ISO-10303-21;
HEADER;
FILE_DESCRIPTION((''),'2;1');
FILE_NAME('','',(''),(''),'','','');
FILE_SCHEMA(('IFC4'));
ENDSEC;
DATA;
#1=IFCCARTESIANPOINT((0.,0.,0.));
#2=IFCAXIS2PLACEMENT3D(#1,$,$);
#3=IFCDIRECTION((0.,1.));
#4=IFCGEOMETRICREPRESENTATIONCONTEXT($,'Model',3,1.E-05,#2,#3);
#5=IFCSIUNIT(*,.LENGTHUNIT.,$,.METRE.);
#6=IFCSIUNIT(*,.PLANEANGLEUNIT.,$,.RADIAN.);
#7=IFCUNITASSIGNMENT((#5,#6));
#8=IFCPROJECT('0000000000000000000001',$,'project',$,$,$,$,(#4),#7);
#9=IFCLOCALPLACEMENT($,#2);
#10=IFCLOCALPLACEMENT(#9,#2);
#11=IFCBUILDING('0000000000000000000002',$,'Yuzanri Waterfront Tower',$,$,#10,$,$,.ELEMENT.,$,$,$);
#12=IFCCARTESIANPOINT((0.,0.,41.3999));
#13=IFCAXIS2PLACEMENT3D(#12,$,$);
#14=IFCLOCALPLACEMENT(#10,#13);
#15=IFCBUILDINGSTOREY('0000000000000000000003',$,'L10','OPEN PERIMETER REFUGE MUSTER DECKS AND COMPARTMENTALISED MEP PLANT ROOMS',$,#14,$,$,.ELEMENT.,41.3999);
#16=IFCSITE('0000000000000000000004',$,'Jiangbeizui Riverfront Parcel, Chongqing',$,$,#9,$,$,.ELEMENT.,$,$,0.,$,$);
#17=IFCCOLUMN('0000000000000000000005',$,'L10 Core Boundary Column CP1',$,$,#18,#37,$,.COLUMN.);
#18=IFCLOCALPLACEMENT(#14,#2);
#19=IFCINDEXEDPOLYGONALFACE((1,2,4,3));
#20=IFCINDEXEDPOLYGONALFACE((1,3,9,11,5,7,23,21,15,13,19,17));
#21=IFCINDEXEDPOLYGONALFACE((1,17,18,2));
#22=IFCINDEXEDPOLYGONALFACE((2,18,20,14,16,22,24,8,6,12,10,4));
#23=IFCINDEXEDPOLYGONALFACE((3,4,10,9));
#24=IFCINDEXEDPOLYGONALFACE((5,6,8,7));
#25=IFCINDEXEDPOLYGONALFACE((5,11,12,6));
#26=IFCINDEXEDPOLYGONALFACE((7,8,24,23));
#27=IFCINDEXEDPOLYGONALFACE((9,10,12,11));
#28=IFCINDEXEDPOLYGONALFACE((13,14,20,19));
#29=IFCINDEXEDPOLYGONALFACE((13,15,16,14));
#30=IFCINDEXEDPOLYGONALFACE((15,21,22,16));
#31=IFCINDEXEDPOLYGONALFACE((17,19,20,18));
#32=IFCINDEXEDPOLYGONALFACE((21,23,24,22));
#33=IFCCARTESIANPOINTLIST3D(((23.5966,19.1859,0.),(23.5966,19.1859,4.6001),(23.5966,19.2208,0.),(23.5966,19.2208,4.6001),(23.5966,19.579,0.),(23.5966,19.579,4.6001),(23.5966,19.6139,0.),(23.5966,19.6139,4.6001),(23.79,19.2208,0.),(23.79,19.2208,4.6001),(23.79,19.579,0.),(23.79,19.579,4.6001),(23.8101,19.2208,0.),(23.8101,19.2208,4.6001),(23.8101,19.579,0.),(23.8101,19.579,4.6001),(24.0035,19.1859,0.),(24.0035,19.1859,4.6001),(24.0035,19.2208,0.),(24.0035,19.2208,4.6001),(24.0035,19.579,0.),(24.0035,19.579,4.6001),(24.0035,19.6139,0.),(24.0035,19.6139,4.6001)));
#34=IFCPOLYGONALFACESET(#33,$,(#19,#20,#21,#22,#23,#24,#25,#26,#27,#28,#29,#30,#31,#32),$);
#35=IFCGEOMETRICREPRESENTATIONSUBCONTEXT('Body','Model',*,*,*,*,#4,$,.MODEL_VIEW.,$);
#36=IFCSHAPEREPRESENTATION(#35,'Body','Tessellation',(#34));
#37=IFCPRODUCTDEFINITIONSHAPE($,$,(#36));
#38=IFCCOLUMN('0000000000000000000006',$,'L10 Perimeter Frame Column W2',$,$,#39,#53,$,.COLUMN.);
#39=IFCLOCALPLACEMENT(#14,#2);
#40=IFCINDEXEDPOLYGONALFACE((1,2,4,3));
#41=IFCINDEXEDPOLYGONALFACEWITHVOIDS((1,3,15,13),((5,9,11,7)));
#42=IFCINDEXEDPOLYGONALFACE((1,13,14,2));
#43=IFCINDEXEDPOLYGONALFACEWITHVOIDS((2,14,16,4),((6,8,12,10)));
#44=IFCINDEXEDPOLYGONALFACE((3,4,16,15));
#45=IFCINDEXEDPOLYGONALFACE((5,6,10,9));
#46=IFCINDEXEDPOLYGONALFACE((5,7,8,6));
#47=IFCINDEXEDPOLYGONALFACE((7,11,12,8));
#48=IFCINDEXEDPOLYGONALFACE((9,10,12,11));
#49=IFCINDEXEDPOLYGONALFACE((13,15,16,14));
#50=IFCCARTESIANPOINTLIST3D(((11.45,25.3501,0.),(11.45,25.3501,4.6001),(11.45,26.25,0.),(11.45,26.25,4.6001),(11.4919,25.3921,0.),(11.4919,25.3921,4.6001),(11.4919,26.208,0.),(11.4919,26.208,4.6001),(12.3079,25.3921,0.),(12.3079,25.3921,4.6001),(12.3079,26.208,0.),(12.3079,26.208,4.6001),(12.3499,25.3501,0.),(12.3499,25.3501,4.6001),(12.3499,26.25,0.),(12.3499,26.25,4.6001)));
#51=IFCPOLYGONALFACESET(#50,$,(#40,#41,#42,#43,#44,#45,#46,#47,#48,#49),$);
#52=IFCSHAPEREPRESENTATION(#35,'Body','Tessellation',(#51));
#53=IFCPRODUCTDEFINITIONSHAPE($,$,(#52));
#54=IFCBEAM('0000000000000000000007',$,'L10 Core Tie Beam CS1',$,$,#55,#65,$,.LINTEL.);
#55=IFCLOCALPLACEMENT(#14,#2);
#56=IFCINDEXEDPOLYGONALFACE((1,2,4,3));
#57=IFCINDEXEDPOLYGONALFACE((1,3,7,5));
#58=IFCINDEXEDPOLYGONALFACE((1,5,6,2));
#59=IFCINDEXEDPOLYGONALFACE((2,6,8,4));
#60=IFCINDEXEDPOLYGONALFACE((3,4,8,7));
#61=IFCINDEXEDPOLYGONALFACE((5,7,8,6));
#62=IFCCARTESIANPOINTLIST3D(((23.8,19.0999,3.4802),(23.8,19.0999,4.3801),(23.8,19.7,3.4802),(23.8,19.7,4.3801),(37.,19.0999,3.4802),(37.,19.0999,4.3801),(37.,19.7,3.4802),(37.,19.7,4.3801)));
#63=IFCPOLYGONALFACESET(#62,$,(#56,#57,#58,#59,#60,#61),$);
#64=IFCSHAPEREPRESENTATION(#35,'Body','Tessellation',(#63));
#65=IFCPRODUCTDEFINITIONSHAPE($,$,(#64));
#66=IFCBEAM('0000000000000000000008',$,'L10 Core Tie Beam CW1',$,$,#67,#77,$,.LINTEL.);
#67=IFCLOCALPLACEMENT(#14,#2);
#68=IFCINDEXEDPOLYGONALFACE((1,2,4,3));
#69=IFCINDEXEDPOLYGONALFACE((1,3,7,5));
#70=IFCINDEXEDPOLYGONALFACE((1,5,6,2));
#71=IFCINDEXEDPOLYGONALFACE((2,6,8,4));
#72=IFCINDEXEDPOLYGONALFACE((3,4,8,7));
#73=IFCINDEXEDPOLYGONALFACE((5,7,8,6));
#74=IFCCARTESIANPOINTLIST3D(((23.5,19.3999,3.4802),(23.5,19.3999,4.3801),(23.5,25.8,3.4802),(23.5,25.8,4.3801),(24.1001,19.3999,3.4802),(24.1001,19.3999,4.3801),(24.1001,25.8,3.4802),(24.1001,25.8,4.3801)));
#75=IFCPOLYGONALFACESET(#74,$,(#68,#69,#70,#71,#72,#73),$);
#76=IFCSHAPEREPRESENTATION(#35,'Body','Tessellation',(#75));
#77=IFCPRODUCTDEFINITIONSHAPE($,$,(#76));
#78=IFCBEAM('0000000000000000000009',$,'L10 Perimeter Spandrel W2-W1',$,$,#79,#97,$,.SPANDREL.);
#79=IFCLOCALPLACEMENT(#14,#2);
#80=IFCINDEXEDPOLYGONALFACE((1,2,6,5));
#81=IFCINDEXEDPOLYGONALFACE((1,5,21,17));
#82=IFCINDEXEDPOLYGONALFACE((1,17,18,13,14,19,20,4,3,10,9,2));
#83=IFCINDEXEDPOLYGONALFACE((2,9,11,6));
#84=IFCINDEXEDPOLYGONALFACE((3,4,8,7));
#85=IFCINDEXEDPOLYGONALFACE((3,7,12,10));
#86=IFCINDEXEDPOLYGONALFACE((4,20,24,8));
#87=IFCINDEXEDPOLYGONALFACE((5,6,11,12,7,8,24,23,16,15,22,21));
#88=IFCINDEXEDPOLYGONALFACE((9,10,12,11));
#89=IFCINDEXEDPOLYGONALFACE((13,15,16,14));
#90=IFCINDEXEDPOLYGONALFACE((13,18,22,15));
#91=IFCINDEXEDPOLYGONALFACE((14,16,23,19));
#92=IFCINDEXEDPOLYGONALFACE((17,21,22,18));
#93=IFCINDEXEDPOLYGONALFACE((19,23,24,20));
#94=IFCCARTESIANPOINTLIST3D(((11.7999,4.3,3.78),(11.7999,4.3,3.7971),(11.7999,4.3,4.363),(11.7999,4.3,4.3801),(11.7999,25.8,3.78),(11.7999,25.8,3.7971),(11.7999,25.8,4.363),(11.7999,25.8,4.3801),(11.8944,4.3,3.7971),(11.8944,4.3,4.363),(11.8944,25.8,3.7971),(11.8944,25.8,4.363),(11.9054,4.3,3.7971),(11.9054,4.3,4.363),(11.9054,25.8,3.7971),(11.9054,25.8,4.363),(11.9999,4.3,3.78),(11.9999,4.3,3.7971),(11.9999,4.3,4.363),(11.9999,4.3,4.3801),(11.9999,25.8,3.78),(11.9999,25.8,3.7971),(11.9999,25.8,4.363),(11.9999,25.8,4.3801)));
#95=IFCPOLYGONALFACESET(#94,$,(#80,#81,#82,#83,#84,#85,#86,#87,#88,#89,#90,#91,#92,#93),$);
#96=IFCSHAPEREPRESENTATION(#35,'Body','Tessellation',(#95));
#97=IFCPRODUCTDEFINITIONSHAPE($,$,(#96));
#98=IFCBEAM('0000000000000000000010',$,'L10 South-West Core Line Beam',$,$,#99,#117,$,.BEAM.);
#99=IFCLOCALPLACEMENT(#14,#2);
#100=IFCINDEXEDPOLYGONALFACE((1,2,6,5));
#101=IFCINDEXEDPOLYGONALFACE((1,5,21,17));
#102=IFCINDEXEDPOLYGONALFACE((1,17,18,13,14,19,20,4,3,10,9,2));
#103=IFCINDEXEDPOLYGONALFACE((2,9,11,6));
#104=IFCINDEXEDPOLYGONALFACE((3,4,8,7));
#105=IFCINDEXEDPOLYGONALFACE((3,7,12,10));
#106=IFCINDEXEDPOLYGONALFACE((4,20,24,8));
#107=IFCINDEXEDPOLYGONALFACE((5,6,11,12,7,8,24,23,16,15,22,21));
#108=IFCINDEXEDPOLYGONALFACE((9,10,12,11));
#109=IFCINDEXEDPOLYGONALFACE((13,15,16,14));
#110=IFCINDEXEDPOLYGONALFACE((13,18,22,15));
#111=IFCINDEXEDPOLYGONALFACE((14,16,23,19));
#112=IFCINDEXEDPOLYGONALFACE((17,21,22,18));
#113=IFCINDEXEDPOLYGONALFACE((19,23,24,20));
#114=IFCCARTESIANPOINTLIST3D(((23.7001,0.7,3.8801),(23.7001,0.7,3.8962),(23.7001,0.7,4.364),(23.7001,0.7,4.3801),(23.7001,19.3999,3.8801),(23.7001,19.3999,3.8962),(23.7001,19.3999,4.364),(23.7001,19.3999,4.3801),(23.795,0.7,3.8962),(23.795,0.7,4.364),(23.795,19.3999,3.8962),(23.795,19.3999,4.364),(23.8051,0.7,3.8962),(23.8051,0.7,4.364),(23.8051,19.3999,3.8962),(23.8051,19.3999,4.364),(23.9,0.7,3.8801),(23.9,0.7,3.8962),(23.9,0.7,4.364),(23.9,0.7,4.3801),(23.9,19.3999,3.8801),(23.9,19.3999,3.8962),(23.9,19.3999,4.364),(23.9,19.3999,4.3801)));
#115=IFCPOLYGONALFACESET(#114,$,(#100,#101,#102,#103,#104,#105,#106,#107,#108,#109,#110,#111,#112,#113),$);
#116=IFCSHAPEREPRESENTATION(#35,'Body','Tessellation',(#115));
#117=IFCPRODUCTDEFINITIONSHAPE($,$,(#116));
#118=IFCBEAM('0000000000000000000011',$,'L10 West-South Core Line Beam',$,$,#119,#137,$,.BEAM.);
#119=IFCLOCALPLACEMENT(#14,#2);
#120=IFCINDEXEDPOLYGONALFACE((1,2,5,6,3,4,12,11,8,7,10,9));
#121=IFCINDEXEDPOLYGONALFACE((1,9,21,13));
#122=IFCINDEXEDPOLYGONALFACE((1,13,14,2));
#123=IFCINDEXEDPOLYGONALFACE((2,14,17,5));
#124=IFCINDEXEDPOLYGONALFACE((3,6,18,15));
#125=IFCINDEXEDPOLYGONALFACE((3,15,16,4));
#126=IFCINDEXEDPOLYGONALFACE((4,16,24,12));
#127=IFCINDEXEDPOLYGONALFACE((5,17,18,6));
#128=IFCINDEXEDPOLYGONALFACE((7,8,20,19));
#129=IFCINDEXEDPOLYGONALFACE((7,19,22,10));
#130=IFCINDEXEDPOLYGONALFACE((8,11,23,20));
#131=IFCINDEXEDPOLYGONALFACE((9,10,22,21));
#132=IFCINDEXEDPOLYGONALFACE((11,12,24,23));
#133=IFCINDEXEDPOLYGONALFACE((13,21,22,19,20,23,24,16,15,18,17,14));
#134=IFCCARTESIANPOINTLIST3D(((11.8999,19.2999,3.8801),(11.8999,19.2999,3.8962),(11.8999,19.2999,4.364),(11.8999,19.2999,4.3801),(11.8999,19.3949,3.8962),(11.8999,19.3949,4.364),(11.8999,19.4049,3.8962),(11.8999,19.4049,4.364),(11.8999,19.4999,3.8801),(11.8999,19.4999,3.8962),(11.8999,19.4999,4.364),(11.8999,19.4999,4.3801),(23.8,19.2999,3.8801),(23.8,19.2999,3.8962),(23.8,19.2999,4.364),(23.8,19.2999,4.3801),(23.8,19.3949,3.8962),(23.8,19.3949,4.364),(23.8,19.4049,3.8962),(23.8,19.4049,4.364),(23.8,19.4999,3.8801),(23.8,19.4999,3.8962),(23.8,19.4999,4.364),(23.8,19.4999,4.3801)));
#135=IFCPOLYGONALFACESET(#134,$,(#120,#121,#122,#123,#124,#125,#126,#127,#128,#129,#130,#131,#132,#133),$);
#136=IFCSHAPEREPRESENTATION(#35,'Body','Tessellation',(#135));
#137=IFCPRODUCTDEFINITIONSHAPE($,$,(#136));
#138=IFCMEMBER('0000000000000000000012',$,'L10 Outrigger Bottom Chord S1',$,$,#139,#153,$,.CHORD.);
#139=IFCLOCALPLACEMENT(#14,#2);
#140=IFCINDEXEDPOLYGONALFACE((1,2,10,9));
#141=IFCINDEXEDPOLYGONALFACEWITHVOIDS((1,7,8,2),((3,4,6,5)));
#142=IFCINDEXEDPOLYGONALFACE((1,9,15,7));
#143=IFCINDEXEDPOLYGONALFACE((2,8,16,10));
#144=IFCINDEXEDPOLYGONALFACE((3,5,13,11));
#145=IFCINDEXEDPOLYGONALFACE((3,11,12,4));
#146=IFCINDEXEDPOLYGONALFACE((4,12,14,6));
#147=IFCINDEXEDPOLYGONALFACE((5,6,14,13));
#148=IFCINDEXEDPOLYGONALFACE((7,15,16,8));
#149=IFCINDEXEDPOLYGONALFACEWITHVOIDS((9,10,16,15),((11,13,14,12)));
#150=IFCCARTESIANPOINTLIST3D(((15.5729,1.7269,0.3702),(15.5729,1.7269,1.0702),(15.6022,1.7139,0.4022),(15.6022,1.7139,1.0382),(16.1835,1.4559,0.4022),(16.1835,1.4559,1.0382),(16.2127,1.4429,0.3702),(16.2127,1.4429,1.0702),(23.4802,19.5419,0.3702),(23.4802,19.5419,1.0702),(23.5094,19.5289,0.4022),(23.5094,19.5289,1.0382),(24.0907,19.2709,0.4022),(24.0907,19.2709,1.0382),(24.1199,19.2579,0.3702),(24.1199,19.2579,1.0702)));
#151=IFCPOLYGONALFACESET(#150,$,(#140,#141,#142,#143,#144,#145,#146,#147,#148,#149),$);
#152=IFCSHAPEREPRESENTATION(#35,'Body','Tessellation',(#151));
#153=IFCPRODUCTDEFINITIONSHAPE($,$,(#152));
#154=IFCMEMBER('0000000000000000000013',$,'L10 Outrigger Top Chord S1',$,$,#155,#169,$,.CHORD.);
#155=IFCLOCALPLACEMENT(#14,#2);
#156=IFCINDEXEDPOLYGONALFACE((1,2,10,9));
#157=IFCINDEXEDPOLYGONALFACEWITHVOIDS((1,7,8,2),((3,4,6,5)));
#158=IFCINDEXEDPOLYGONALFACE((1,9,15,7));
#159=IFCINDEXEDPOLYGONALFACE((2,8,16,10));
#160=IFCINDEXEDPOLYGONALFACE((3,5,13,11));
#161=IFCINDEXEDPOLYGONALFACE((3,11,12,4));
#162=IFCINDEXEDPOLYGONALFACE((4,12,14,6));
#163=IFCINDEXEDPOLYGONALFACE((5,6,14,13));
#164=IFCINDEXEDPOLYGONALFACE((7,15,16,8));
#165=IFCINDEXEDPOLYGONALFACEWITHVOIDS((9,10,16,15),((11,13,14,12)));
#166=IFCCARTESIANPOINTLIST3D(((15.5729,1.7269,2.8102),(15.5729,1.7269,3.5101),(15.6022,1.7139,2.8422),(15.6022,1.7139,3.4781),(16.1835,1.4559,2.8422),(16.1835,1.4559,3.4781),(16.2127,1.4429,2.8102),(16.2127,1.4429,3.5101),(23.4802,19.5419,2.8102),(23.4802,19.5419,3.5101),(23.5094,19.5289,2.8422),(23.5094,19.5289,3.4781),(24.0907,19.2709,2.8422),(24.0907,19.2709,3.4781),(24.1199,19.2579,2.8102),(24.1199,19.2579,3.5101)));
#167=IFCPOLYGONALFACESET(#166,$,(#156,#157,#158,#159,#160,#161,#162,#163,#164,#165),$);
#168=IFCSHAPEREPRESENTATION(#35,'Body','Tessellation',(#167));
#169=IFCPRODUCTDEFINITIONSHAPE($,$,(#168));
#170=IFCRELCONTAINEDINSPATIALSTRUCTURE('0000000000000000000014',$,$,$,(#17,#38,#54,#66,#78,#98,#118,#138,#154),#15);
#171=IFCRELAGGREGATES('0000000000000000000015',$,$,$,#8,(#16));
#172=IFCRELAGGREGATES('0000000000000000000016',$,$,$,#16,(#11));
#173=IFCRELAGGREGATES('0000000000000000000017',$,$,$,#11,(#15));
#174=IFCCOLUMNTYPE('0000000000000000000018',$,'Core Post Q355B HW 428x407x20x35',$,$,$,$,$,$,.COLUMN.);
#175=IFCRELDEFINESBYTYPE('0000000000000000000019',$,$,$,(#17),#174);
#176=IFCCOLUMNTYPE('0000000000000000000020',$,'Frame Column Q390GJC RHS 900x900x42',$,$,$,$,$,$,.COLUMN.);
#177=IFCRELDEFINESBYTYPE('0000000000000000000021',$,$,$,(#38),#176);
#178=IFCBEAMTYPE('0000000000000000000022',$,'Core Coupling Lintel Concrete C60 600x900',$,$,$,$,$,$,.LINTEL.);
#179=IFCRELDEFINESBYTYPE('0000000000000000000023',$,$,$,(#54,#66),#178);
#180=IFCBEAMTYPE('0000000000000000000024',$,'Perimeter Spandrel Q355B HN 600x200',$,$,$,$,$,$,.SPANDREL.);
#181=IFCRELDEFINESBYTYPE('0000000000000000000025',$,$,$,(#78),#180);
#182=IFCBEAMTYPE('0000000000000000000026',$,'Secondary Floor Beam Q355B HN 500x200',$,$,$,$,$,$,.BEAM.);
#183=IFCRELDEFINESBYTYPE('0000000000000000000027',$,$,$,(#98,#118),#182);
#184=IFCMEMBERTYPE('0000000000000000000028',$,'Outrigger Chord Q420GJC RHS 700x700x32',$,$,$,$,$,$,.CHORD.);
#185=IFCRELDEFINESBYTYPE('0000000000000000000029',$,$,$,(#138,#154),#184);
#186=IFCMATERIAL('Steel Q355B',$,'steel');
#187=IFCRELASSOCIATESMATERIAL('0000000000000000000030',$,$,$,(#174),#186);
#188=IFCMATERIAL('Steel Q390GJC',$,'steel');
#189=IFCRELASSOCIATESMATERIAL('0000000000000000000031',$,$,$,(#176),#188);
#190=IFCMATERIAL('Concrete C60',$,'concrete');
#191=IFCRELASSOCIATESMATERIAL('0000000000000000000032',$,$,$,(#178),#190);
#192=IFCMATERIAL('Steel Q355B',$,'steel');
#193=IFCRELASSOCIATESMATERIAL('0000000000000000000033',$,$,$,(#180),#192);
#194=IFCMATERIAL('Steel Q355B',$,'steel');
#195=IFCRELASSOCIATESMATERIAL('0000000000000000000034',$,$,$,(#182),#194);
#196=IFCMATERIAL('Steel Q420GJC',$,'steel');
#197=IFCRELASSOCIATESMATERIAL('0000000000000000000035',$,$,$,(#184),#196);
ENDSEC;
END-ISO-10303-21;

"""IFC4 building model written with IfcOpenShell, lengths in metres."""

from ifc_helpers import new_model, si_unit, direction, frame, origin, origin_2d, place, context, subcontext, project, spatial, rectangle, hollow_rectangle, i_section, extrude, source, transform, mapped, material, material_profile, profile_set, type_object, element, save


model = new_model("IFC4")

# Units and contexts
model_context = context("Model", 3, precision=1e-05, world=origin(), true_north=direction((0.0, 1.0)))
body_context = subcontext(model_context, "Body", "Model", "MODEL_VIEW")
ifc_project = project(units=[si_unit("LENGTHUNIT", "METRE"), si_unit("PLANEANGLEUNIT", "RADIAN")], contexts=[model_context])

# Site, building, storey
site_placement = place(None, origin())
site = spatial("IfcSite", under=ifc_project, at=site_placement, Name="Jiangbeizui Riverfront Parcel, Chongqing", CompositionType="ELEMENT", RefElevation=0.0)
building_placement = place(site_placement, origin())
building = spatial("IfcBuilding", under=site, at=building_placement, Name="Yuzanri Waterfront Tower", CompositionType="ELEMENT")
storey_placement = place(building_placement, frame((0.0, 0.0, 41.3999)))
storey = spatial("IfcBuildingStorey", under=building, at=storey_placement, Name="L10", Description="OPEN PERIMETER REFUGE MUSTER DECKS AND COMPARTMENTALISED MEP PLANT ROOMS", CompositionType="ELEMENT", Elevation=41.3999)

# Columns
ifc_material_1 = material(Name="Steel Q355B", Category="steel")
ifc_material_profile_1 = material_profile(ifc_material_1, i_section(OverallWidth=0.407, OverallDepth=0.428, WebThickness=0.02, FlangeThickness=0.0349, at=origin_2d()), Name="HW 428x407x20x35")
ifc_profile_set_1 = profile_set([ifc_material_profile_1], Name="Steel Q355B")
column_type_1 = type_object("IfcColumnType", Name="Core Post Q355B HW 428x407x20x35", PredefinedType="COLUMN", material=ifc_profile_set_1)
shared_shape_1 = source(origin(), body_context, "Body", "SweptSolid", [
    extrude(i_section(OverallWidth=0.407, OverallDepth=0.428, WebThickness=0.02, FlangeThickness=0.0349, at=origin_2d()), origin(), (0.0, 0.0, 1.0), 4.6001),
])
column_1_placement = place(storey_placement, frame((23.8, 19.3999, 0.0), z_axis=(0.0, 0.0, 1.0), x_axis=(1.0, 0.0, 0.0)))
element("IfcColumn", 1, at=column_1_placement, inside=storey, type_object=column_type_1, Name="L10 Core Boundary Column CP1", PredefinedType="COLUMN", context=body_context, shape_type="MappedRepresentation", body=[
    mapped(shared_shape_1, transform((0.0, 0.0, 0.0), scale=1.0)),
])
ifc_material_2 = material(Name="Steel Q390GJC", Category="steel")
ifc_material_profile_2 = material_profile(ifc_material_2, hollow_rectangle(XDim=0.8999, YDim=0.8999, WallThickness=0.042, at=origin_2d()), Name="RHS 900x900x42")
ifc_profile_set_2 = profile_set([ifc_material_profile_2], Name="Steel Q390GJC")
column_type_2 = type_object("IfcColumnType", Name="Frame Column Q390GJC RHS 900x900x42", PredefinedType="COLUMN", material=ifc_profile_set_2)
shared_shape_2 = source(origin(), body_context, "Body", "SweptSolid", [
    extrude(hollow_rectangle(XDim=0.8999, YDim=0.8999, WallThickness=0.042, at=origin_2d()), origin(), (0.0, 0.0, 1.0), 4.6001),
])
column_2_placement = place(storey_placement, frame((11.8999, 25.8, 0.0), z_axis=(0.0, 0.0, 1.0), x_axis=(1.0, 0.0, 0.0)))
element("IfcColumn", 2, at=column_2_placement, inside=storey, type_object=column_type_2, Name="L10 Perimeter Frame Column W2", PredefinedType="COLUMN", context=body_context, shape_type="MappedRepresentation", body=[
    mapped(shared_shape_2, transform((0.0, 0.0, 0.0), scale=1.0)),
])

# Beams
ifc_material_3 = material(Name="Concrete C60", Category="concrete")
ifc_material_profile_3 = material_profile(ifc_material_3, rectangle(XDim=0.6001, YDim=0.8999, at=origin_2d()), Name="RC 600x900")
ifc_profile_set_3 = profile_set([ifc_material_profile_3], Name="Concrete C60")
beam_type_1 = type_object("IfcBeamType", Name="Core Coupling Lintel Concrete C60 600x900", PredefinedType="LINTEL", material=ifc_profile_set_3)
shared_shape_3 = source(origin(), body_context, "Body", "SweptSolid", [
    extrude(rectangle(XDim=0.6001, YDim=0.8999, at=origin_2d()), origin(), (0.0, 0.0, 1.0), 13.2),
])
beam_1_placement = place(storey_placement, frame((23.8, 19.3999, 3.9302), z_axis=(1.0, 0.0, 0.0), x_axis=(0.0, 1.0, 0.0)))
element("IfcBeam", 3, at=beam_1_placement, inside=storey, type_object=beam_type_1, Name="L10 Core Tie Beam CS1", PredefinedType="LINTEL", context=body_context, shape_type="MappedRepresentation", body=[
    mapped(shared_shape_3, transform((0.0, 0.0, 0.0), scale=1.0)),
])
shared_shape_4 = source(origin(), body_context, "Body", "SweptSolid", [
    extrude(rectangle(XDim=0.6001, YDim=0.8999, at=origin_2d()), origin(), (0.0, 0.0, 1.0), 6.4001),
])
beam_2_placement = place(storey_placement, frame((23.8, 19.3999, 3.9302), z_axis=(0.0, 1.0, 0.0), x_axis=(-1.0, 0.0, 0.0)))
element("IfcBeam", 4, at=beam_2_placement, inside=storey, type_object=beam_type_1, Name="L10 Core Tie Beam CW1", PredefinedType="LINTEL", context=body_context, shape_type="MappedRepresentation", body=[
    mapped(shared_shape_4, transform((0.0, 0.0, 0.0), scale=1.0)),
])
ifc_material_4 = material(Name="Steel Q355B", Category="steel")
ifc_material_profile_4 = material_profile(ifc_material_4, i_section(OverallWidth=0.2, OverallDepth=0.6001, WebThickness=0.011, FlangeThickness=0.0171, at=origin_2d()), Name="HN 600x200x11x17")
ifc_profile_set_4 = profile_set([ifc_material_profile_4], Name="Steel Q355B")
beam_type_2 = type_object("IfcBeamType", Name="Perimeter Spandrel Q355B HN 600x200", PredefinedType="SPANDREL", material=ifc_profile_set_4)
shared_shape_5 = source(origin(), body_context, "Body", "SweptSolid", [
    extrude(i_section(OverallWidth=0.2, OverallDepth=0.6001, WebThickness=0.011, FlangeThickness=0.0171, at=origin_2d()), origin(), (0.0, 0.0, 1.0), 21.5),
])
beam_3_placement = place(storey_placement, frame((11.8999, 25.8, 4.0801), z_axis=(0.0, -1.0, 0.0), x_axis=(1.0, 0.0, 0.0)))
element("IfcBeam", 5, at=beam_3_placement, inside=storey, type_object=beam_type_2, Name="L10 Perimeter Spandrel W2-W1", PredefinedType="SPANDREL", context=body_context, shape_type="MappedRepresentation", body=[
    mapped(shared_shape_5, transform((0.0, 0.0, 0.0), scale=1.0)),
])
ifc_material_5 = material(Name="Steel Q355B", Category="steel")
ifc_material_profile_5 = material_profile(ifc_material_5, i_section(OverallWidth=0.2, OverallDepth=0.5, WebThickness=0.01, FlangeThickness=0.0161, at=origin_2d()), Name="HN 500x200x10x16")
ifc_profile_set_5 = profile_set([ifc_material_profile_5], Name="Steel Q355B")
beam_type_3 = type_object("IfcBeamType", Name="Secondary Floor Beam Q355B HN 500x200", PredefinedType="BEAM", material=ifc_profile_set_5)
shared_shape_6 = source(origin(), body_context, "Body", "SweptSolid", [
    extrude(i_section(OverallWidth=0.2, OverallDepth=0.5, WebThickness=0.01, FlangeThickness=0.0161, at=origin_2d()), origin(), (0.0, 0.0, 1.0), 18.7),
])
beam_4_placement = place(storey_placement, frame((23.8, 19.3999, 4.1301), z_axis=(0.0, -1.0, 0.0), x_axis=(1.0, 0.0, 0.0)))
element("IfcBeam", 6, at=beam_4_placement, inside=storey, type_object=beam_type_3, Name="L10 South-West Core Line Beam", PredefinedType="BEAM", context=body_context, shape_type="MappedRepresentation", body=[
    mapped(shared_shape_6, transform((0.0, 0.0, 0.0), scale=1.0)),
])
shared_shape_7 = source(origin(), body_context, "Body", "SweptSolid", [
    extrude(i_section(OverallWidth=0.2, OverallDepth=0.5, WebThickness=0.01, FlangeThickness=0.0161, at=origin_2d()), origin(), (0.0, 0.0, 1.0), 11.9001),
])
beam_5_placement = place(storey_placement, frame((23.8, 19.3999, 4.1301), z_axis=(-1.0, 0.0, 0.0), x_axis=(0.0, -1.0, 0.0)))
element("IfcBeam", 7, at=beam_5_placement, inside=storey, type_object=beam_type_3, Name="L10 West-South Core Line Beam", PredefinedType="BEAM", context=body_context, shape_type="MappedRepresentation", body=[
    mapped(shared_shape_7, transform((0.0, 0.0, 0.0), scale=1.0)),
])

# Members
ifc_material_6 = material(Name="Steel Q420GJC", Category="steel")
ifc_material_profile_6 = material_profile(ifc_material_6, hollow_rectangle(XDim=0.7, YDim=0.7, WallThickness=0.032, at=origin_2d()), Name="RHS 700x700x32")
ifc_profile_set_6 = profile_set([ifc_material_profile_6], Name="Steel Q420GJC")
member_type_1 = type_object("IfcMemberType", Name="Outrigger Chord Q420GJC RHS 700x700x32", PredefinedType="CHORD", material=ifc_profile_set_6)
shared_shape_8 = source(origin(), body_context, "Body", "SweptSolid", [
    extrude(hollow_rectangle(XDim=0.7, YDim=0.7, WallThickness=0.032, at=origin_2d()), origin(), (0.0, 0.0, 1.0), 19.491),
])
for number, where, z_axis, x_axis, name in (
    (8, (23.8, 19.3999, 0.7202), (-0.405687, -0.914012, 0.0), (0.914012, -0.405687, 0.0), "L10 Outrigger Bottom Chord S1"),
    (9, (23.8, 19.3999, 3.1602), (-0.405687, -0.914012, 0.0), (0.914012, -0.405687, 0.0), "L10 Outrigger Top Chord S1"),
):
    element("IfcMember", number, at=place(storey_placement, frame(where, z_axis=z_axis, x_axis=x_axis)), inside=storey, type_object=member_type_1, Name=name, PredefinedType="CHORD", context=body_context, shape_type="MappedRepresentation", body=[
        mapped(shared_shape_8, transform((0.0, 0.0, 0.0), scale=1.0)),
    ])

save(model, "model.ifc")
